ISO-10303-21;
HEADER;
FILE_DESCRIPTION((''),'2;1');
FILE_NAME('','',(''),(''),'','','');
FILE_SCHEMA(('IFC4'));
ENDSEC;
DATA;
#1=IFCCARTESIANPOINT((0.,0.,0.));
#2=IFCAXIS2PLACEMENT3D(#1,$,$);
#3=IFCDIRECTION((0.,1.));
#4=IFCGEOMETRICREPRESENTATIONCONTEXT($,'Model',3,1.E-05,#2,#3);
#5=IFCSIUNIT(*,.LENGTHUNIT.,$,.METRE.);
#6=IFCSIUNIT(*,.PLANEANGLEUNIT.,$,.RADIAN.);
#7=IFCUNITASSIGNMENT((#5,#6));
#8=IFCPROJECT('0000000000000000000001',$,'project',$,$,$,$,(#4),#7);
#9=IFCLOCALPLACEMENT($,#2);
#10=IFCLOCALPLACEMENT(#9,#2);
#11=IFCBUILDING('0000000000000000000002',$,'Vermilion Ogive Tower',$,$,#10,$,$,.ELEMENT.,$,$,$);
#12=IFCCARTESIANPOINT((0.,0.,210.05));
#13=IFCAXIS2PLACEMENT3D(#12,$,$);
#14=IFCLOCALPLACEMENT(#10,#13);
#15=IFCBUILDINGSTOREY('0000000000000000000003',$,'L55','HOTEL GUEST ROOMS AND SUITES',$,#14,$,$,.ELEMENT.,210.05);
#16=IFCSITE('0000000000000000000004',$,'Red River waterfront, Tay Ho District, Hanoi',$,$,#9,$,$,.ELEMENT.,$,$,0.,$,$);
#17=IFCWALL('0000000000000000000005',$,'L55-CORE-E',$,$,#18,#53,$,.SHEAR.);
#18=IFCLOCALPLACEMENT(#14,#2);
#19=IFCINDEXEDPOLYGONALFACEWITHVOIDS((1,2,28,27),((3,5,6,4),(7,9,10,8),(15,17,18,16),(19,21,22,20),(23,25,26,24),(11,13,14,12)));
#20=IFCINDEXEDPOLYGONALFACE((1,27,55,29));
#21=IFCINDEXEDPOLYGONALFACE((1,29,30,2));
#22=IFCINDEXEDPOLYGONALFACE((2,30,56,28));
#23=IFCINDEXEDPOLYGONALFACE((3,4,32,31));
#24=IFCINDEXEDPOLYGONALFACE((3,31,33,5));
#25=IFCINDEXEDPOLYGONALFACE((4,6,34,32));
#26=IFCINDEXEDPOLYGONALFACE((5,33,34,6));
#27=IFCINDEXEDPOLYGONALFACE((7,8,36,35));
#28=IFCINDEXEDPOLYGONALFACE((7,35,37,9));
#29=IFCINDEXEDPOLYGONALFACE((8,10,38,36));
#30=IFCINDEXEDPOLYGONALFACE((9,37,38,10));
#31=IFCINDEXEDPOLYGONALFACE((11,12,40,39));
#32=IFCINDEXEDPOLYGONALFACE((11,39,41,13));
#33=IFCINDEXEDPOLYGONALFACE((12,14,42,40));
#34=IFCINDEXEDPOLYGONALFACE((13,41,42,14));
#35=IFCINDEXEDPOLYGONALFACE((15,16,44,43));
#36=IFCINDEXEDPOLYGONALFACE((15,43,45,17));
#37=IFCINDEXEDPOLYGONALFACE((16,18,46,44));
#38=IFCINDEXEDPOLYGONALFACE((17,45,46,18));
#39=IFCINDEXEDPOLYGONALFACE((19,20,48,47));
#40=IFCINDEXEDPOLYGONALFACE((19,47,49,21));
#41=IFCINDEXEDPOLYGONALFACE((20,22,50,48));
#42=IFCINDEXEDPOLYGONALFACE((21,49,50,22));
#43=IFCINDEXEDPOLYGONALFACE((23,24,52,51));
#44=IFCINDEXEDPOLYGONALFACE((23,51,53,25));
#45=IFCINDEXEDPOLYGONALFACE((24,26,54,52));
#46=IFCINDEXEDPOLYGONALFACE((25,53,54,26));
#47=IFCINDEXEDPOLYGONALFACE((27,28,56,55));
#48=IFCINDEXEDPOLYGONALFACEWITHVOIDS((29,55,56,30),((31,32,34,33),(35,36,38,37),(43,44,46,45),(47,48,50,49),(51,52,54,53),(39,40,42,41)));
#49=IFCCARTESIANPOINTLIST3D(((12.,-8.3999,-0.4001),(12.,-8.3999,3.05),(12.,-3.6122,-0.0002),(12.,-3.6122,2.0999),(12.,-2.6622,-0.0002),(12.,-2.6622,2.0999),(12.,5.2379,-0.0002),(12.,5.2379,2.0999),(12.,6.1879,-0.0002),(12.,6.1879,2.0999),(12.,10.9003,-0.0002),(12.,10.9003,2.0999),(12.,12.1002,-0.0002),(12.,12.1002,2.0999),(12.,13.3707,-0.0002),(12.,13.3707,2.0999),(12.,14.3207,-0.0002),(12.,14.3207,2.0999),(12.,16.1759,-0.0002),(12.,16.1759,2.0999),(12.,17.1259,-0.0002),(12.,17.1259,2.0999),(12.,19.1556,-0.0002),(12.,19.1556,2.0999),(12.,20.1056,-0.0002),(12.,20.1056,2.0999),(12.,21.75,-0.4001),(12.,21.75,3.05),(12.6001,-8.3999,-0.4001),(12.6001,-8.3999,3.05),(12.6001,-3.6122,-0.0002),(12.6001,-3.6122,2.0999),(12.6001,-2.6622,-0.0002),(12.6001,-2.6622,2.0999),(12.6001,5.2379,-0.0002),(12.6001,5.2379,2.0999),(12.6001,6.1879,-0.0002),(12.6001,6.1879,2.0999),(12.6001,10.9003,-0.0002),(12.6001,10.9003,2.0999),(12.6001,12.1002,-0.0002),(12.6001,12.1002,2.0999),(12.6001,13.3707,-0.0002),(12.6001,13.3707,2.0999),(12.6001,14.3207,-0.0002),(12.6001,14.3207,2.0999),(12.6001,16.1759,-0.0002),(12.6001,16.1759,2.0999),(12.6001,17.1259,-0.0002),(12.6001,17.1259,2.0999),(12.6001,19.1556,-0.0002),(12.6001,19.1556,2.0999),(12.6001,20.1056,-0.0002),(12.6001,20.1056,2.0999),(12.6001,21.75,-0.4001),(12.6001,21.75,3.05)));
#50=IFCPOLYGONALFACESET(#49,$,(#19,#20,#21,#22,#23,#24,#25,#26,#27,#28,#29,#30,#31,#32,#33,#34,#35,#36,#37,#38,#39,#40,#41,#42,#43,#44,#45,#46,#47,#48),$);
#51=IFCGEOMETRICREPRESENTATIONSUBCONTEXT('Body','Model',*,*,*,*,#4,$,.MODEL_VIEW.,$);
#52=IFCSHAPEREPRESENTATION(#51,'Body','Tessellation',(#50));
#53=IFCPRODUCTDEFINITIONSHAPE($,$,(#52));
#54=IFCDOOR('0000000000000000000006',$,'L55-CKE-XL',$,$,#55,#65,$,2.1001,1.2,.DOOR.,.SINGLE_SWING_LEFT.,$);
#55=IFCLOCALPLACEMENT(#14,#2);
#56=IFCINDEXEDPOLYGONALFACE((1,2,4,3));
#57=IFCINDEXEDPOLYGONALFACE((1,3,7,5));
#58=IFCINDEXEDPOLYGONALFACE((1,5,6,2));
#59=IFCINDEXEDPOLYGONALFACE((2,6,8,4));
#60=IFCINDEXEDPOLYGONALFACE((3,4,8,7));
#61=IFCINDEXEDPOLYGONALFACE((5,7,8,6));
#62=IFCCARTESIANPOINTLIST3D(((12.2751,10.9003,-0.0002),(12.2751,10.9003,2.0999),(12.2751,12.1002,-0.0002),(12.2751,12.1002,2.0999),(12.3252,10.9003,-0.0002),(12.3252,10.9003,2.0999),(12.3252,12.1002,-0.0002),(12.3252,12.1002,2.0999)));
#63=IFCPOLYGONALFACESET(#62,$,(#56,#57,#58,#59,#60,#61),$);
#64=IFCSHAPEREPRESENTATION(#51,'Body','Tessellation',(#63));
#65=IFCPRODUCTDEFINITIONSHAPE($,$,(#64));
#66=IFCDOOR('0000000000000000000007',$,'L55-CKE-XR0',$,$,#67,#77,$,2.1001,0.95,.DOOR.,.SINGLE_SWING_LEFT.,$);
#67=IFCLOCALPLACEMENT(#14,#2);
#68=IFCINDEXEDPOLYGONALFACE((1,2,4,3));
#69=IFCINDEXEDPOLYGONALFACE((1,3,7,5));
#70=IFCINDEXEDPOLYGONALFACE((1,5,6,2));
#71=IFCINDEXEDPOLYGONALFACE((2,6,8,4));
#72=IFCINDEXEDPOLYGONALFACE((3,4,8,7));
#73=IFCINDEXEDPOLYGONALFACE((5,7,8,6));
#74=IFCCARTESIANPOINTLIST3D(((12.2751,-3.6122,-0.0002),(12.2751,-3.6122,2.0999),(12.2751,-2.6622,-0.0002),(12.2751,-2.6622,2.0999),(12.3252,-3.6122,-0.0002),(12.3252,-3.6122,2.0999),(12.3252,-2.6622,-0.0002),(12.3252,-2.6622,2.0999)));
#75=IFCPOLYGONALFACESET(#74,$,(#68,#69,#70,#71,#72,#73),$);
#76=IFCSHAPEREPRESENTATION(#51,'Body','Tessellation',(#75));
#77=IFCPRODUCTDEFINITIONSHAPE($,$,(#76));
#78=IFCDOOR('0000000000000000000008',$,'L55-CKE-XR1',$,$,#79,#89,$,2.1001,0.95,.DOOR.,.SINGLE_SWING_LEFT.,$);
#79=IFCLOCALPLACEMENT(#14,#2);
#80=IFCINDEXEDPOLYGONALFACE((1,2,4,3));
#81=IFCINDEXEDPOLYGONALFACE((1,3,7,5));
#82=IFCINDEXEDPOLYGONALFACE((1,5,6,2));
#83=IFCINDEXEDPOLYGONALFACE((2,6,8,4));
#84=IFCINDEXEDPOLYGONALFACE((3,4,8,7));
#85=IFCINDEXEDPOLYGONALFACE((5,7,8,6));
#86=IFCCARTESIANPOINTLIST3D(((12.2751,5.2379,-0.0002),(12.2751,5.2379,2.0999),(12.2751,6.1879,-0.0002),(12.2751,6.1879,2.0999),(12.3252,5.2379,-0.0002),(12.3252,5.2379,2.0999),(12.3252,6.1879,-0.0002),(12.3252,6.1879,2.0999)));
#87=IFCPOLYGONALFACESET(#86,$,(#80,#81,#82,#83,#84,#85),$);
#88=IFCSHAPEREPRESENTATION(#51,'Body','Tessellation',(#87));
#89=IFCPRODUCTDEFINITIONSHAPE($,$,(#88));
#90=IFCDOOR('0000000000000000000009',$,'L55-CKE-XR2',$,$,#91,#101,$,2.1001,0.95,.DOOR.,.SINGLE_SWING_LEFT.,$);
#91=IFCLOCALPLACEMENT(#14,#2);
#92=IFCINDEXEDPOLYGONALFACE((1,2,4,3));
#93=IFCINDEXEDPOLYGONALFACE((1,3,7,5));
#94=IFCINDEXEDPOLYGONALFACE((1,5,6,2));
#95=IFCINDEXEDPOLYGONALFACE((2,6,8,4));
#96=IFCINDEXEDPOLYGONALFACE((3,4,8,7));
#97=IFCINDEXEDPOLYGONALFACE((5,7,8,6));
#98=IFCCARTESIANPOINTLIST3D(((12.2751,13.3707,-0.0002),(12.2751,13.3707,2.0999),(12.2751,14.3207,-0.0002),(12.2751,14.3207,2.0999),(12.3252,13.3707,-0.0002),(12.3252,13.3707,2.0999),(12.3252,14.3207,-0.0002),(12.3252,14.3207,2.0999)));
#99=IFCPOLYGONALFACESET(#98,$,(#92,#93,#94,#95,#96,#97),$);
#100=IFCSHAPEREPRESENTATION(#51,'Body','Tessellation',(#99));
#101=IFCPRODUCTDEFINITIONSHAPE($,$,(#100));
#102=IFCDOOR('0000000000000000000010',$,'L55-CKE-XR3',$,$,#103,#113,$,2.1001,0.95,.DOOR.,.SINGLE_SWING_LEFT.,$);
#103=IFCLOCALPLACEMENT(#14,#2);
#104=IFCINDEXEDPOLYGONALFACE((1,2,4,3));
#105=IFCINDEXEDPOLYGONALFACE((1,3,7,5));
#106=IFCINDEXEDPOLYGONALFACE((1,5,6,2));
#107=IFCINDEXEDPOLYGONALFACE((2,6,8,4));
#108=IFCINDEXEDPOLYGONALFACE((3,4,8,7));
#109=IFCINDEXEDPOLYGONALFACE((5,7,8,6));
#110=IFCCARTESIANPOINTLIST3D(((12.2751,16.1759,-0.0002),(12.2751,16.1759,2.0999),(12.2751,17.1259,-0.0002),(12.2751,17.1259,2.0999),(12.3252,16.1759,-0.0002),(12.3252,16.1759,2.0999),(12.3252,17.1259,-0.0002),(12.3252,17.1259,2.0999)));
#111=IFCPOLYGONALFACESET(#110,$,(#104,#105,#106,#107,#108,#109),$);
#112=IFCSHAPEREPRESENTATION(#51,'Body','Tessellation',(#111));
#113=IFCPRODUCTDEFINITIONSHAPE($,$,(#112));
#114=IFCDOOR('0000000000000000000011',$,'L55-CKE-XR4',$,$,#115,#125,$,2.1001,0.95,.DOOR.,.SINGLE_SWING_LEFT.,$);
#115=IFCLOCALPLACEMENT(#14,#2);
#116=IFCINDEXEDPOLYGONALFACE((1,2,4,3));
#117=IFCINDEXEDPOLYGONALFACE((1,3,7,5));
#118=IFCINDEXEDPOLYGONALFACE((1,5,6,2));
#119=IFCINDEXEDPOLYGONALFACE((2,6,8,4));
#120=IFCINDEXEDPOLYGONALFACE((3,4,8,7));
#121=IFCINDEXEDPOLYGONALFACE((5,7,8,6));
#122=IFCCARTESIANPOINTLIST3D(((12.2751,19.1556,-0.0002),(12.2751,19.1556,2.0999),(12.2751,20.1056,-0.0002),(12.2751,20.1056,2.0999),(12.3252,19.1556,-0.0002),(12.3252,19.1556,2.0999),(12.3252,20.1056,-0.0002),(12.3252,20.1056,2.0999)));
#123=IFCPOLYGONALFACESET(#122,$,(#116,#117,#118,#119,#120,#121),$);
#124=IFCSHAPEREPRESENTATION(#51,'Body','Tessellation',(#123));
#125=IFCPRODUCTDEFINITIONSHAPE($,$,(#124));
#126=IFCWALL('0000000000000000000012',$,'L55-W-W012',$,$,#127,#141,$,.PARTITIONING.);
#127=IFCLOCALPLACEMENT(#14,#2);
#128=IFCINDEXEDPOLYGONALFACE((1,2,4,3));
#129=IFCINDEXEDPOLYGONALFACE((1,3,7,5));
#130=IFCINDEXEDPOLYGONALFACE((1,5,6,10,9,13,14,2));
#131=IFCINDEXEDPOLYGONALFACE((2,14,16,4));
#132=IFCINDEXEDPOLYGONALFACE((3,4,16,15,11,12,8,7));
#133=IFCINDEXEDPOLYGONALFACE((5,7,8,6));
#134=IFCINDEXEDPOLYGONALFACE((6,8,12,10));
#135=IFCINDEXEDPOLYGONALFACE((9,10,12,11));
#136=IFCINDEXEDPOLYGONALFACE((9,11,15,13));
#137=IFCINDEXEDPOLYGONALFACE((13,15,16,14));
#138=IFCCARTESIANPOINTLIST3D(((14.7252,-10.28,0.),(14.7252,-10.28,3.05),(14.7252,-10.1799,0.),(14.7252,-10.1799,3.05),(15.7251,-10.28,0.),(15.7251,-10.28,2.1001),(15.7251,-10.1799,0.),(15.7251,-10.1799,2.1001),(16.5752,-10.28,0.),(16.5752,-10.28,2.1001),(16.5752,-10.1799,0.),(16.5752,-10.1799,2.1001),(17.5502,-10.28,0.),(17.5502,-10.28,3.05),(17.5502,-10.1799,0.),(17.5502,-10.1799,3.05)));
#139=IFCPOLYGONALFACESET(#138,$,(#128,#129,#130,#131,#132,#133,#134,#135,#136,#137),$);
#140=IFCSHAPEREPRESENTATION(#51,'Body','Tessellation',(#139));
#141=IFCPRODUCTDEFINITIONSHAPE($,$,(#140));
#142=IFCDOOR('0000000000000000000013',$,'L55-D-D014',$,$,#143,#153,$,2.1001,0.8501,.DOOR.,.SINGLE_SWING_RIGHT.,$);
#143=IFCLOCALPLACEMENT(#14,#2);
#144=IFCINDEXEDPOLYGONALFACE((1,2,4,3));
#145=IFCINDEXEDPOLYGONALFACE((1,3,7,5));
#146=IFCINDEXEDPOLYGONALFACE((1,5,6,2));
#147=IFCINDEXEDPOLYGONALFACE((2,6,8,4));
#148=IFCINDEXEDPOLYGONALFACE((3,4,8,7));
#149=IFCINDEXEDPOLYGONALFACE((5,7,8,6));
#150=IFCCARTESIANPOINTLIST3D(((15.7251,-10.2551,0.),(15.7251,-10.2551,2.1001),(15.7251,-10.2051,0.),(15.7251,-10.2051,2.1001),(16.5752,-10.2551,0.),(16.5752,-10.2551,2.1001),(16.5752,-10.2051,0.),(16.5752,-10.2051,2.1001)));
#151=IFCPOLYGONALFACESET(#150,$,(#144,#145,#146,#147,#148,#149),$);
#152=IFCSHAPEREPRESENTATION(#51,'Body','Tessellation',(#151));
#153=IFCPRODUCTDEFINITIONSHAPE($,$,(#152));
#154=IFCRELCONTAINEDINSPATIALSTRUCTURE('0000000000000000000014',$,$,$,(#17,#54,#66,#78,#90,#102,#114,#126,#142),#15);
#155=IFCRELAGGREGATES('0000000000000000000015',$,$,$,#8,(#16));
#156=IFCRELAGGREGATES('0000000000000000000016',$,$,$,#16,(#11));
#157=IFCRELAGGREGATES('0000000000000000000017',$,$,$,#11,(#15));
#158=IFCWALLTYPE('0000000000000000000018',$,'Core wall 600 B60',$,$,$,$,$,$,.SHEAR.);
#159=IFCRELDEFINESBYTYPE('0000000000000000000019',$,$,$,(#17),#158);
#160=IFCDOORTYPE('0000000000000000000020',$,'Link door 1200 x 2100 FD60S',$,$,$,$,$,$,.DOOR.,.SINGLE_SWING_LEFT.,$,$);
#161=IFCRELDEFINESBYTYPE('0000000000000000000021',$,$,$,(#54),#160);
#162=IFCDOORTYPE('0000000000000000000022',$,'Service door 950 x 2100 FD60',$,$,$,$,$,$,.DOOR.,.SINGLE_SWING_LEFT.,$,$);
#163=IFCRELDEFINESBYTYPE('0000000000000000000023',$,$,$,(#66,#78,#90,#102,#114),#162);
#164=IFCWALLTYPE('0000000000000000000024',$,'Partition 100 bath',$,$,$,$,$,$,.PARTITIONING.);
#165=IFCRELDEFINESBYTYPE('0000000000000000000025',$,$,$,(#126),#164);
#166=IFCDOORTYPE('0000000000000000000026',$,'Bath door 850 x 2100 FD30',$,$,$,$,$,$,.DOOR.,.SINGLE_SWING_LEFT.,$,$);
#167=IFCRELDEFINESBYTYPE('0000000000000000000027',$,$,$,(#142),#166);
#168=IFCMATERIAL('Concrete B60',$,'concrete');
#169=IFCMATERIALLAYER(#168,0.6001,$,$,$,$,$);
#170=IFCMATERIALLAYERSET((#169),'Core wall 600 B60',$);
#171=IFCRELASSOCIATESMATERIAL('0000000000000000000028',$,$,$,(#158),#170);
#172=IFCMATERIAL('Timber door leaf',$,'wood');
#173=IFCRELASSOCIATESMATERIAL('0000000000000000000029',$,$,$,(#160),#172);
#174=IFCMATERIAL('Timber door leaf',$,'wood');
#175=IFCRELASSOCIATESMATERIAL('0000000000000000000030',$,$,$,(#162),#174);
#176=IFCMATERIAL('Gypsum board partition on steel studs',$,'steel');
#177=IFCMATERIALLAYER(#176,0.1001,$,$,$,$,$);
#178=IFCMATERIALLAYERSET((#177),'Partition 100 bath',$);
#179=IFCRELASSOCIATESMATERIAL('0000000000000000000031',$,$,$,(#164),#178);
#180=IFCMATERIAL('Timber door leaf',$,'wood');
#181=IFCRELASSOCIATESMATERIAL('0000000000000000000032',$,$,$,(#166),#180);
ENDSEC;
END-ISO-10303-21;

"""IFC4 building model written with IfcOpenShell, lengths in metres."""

from ifc_helpers import new_model, si_unit, direction, frame, frame_2d, origin, place, context, subcontext, project, spatial, rectangle, extrude, material, layer, layer_set, type_object, element, fill, save


model = new_model("IFC4")

# Units and contexts
model_context = context("Model", 3, precision=1e-05, world=origin(), true_north=direction((0.0, 1.0)))
body_context = subcontext(model_context, "Body", "Model", "MODEL_VIEW")
ifc_project = project(units=[si_unit("LENGTHUNIT", "METRE"), si_unit("PLANEANGLEUNIT", "RADIAN")], contexts=[model_context])

# Site, building, storey
site_placement = place(None, origin())
site = spatial("IfcSite", under=ifc_project, at=site_placement, Name="Red River waterfront, Tay Ho District, Hanoi", CompositionType="ELEMENT", RefElevation=0.0)
building_placement = place(site_placement, origin())
building = spatial("IfcBuilding", under=site, at=building_placement, Name="Vermilion Ogive Tower", CompositionType="ELEMENT")
storey_placement = place(building_placement, frame((0.0, 0.0, 210.05)))
storey = spatial("IfcBuildingStorey", under=building, at=storey_placement, Name="L55", Description="HOTEL GUEST ROOMS AND SUITES", CompositionType="ELEMENT", Elevation=210.05)

# Wall, openings, doors
ifc_material_1 = material(Name="Concrete B60", Category="concrete")
ifc_layer_1 = layer(ifc_material_1, 0.6001)
ifc_layer_set_1 = layer_set([ifc_layer_1], Name="Core wall 600 B60")
wall_type_1 = type_object("IfcWallType", Name="Core wall 600 B60", PredefinedType="SHEAR", material=ifc_layer_set_1)
wall_1_placement = place(storey_placement, frame((12.3, -8.3999, -0.4001), z_axis=(0.0, 0.0, 1.0), x_axis=(0.0, 1.0, 0.0)))
wall_1 = element("IfcWall", 1, at=wall_1_placement, inside=storey, type_object=wall_type_1, Name="L55-CORE-E", PredefinedType="SHEAR", context=body_context, shape_type="SweptSolid", body=[
    extrude(rectangle(XDim=30.1499, YDim=0.6001, at=frame_2d((15.075, 0.0))), origin(), (0.0, 0.0, 1.0), 3.4502),
])
opening_1_placement = place(wall_1_placement, frame((4.7876, 0.0, 0.3999)))
opening_1 = element("IfcOpeningElement", 2, at=opening_1_placement, cuts=wall_1, PredefinedType="OPENING", context=body_context, shape_type="SweptSolid", body=[
    extrude(rectangle(XDim=0.95, YDim=2.1001, at=frame_2d((0.4751, 1.05))), frame((0.0, 0.3101, 0.0), z_axis=(0.0, -1.0, 0.0), x_axis=(1.0, 0.0, 0.0)), (0.0, 0.0, 1.0), 0.6201),
])
opening_2_placement = place(wall_1_placement, frame((13.6377, 0.0, 0.3999)))
opening_2 = element("IfcOpeningElement", 3, at=opening_2_placement, cuts=wall_1, PredefinedType="OPENING", context=body_context, shape_type="SweptSolid", body=[
    extrude(rectangle(XDim=0.95, YDim=2.1001, at=frame_2d((0.4751, 1.05))), frame((0.0, 0.3101, 0.0), z_axis=(0.0, -1.0, 0.0), x_axis=(1.0, 0.0, 0.0)), (0.0, 0.0, 1.0), 0.6201),
])
opening_3_placement = place(wall_1_placement, frame((21.7705, 0.0, 0.3999)))
opening_3 = element("IfcOpeningElement", 4, at=opening_3_placement, cuts=wall_1, PredefinedType="OPENING", context=body_context, shape_type="SweptSolid", body=[
    extrude(rectangle(XDim=0.95, YDim=2.1001, at=frame_2d((0.4751, 1.05))), frame((0.0, 0.3101, 0.0), z_axis=(0.0, -1.0, 0.0), x_axis=(1.0, 0.0, 0.0)), (0.0, 0.0, 1.0), 0.6201),
])
opening_4_placement = place(wall_1_placement, frame((24.5757, 0.0, 0.3999)))
opening_4 = element("IfcOpeningElement", 5, at=opening_4_placement, cuts=wall_1, PredefinedType="OPENING", context=body_context, shape_type="SweptSolid", body=[
    extrude(rectangle(XDim=0.95, YDim=2.1001, at=frame_2d((0.4751, 1.05))), frame((0.0, 0.3101, 0.0), z_axis=(0.0, -1.0, 0.0), x_axis=(1.0, 0.0, 0.0)), (0.0, 0.0, 1.0), 0.6201),
])
opening_5_placement = place(wall_1_placement, frame((27.5554, 0.0, 0.3999)))
opening_5 = element("IfcOpeningElement", 6, at=opening_5_placement, cuts=wall_1, PredefinedType="OPENING", context=body_context, shape_type="SweptSolid", body=[
    extrude(rectangle(XDim=0.95, YDim=2.1001, at=frame_2d((0.4751, 1.05))), frame((0.0, 0.3101, 0.0), z_axis=(0.0, -1.0, 0.0), x_axis=(1.0, 0.0, 0.0)), (0.0, 0.0, 1.0), 0.6201),
])
opening_6_placement = place(wall_1_placement, frame((19.3, 0.0, 0.3999)))
opening_6 = element("IfcOpeningElement", 7, at=opening_6_placement, cuts=wall_1, PredefinedType="OPENING", context=body_context, shape_type="SweptSolid", body=[
    extrude(rectangle(XDim=1.2, YDim=2.1001, at=frame_2d((0.6001, 1.05))), frame((0.0, 0.3101, 0.0), z_axis=(0.0, -1.0, 0.0), x_axis=(1.0, 0.0, 0.0)), (0.0, 0.0, 1.0), 0.6201),
])
ifc_material_2 = material(Name="Timber door leaf", Category="wood")
door_type_1 = type_object("IfcDoorType", Name="Link door 1200 x 2100 FD60S", OperationType="SINGLE_SWING_LEFT", PredefinedType="DOOR", material=ifc_material_2)
door_1_placement = place(opening_6_placement, origin())
door_1 = element("IfcDoor", 8, at=door_1_placement, inside=storey, type_object=door_type_1, Name="L55-CKE-XL", OperationType="SINGLE_SWING_LEFT", OverallHeight=2.1001, OverallWidth=1.2, PredefinedType="DOOR", context=body_context, shape_type="SweptSolid", body=[
    extrude(rectangle(XDim=1.2, YDim=2.1001, at=frame_2d((0.6001, 1.05))), frame((0.0, 0.0249, 0.0), z_axis=(0.0, -1.0, 0.0), x_axis=(1.0, 0.0, 0.0)), (0.0, 0.0, 1.0), 0.05),
])
fill(opening_6, door_1)
ifc_material_3 = material(Name="Timber door leaf", Category="wood")
door_type_2 = type_object("IfcDoorType", Name="Service door 950 x 2100 FD60", OperationType="SINGLE_SWING_LEFT", PredefinedType="DOOR", material=ifc_material_3)
door_2_placement = place(opening_1_placement, origin())
door_2 = element("IfcDoor", 9, at=door_2_placement, inside=storey, type_object=door_type_2, Name="L55-CKE-XR0", OperationType="SINGLE_SWING_LEFT", OverallHeight=2.1001, OverallWidth=0.95, PredefinedType="DOOR", context=body_context, shape_type="SweptSolid", body=[
    extrude(rectangle(XDim=0.95, YDim=2.1001, at=frame_2d((0.4751, 1.05))), frame((0.0, 0.0249, 0.0), z_axis=(0.0, -1.0, 0.0), x_axis=(1.0, 0.0, 0.0)), (0.0, 0.0, 1.0), 0.05),
])
fill(opening_1, door_2)
door_3_placement = place(opening_2_placement, origin())
door_3 = element("IfcDoor", 10, at=door_3_placement, inside=storey, type_object=door_type_2, Name="L55-CKE-XR1", OperationType="SINGLE_SWING_LEFT", OverallHeight=2.1001, OverallWidth=0.95, PredefinedType="DOOR", context=body_context, shape_type="SweptSolid", body=[
    extrude(rectangle(XDim=0.95, YDim=2.1001, at=frame_2d((0.4751, 1.05))), frame((0.0, 0.0249, 0.0), z_axis=(0.0, -1.0, 0.0), x_axis=(1.0, 0.0, 0.0)), (0.0, 0.0, 1.0), 0.05),
])
fill(opening_2, door_3)
door_4_placement = place(opening_3_placement, origin())
door_4 = element("IfcDoor", 11, at=door_4_placement, inside=storey, type_object=door_type_2, Name="L55-CKE-XR2", OperationType="SINGLE_SWING_LEFT", OverallHeight=2.1001, OverallWidth=0.95, PredefinedType="DOOR", context=body_context, shape_type="SweptSolid", body=[
    extrude(rectangle(XDim=0.95, YDim=2.1001, at=frame_2d((0.4751, 1.05))), frame((0.0, 0.0249, 0.0), z_axis=(0.0, -1.0, 0.0), x_axis=(1.0, 0.0, 0.0)), (0.0, 0.0, 1.0), 0.05),
])
fill(opening_3, door_4)
door_5_placement = place(opening_4_placement, origin())
door_5 = element("IfcDoor", 12, at=door_5_placement, inside=storey, type_object=door_type_2, Name="L55-CKE-XR3", OperationType="SINGLE_SWING_LEFT", OverallHeight=2.1001, OverallWidth=0.95, PredefinedType="DOOR", context=body_context, shape_type="SweptSolid", body=[
    extrude(rectangle(XDim=0.95, YDim=2.1001, at=frame_2d((0.4751, 1.05))), frame((0.0, 0.0249, 0.0), z_axis=(0.0, -1.0, 0.0), x_axis=(1.0, 0.0, 0.0)), (0.0, 0.0, 1.0), 0.05),
])
fill(opening_4, door_5)
door_6_placement = place(opening_5_placement, origin())
door_6 = element("IfcDoor", 13, at=door_6_placement, inside=storey, type_object=door_type_2, Name="L55-CKE-XR4", OperationType="SINGLE_SWING_LEFT", OverallHeight=2.1001, OverallWidth=0.95, PredefinedType="DOOR", context=body_context, shape_type="SweptSolid", body=[
    extrude(rectangle(XDim=0.95, YDim=2.1001, at=frame_2d((0.4751, 1.05))), frame((0.0, 0.0249, 0.0), z_axis=(0.0, -1.0, 0.0), x_axis=(1.0, 0.0, 0.0)), (0.0, 0.0, 1.0), 0.05),
])
fill(opening_5, door_6)

# Wall, opening, door
ifc_material_4 = material(Name="Gypsum board partition on steel studs", Category="steel")
ifc_layer_2 = layer(ifc_material_4, 0.1001)
ifc_layer_set_2 = layer_set([ifc_layer_2], Name="Partition 100 bath")
wall_type_2 = type_object("IfcWallType", Name="Partition 100 bath", PredefinedType="PARTITIONING", material=ifc_layer_set_2)
wall_2_placement = place(storey_placement, frame((14.7251, -10.23, 0.0), z_axis=(0.0, 0.0, 1.0), x_axis=(1.0, 0.0, 0.0)))
wall_2 = element("IfcWall", 14, at=wall_2_placement, inside=storey, type_object=wall_type_2, Name="L55-W-W012", PredefinedType="PARTITIONING", context=body_context, shape_type="SweptSolid", body=[
    extrude(rectangle(XDim=2.825, YDim=0.1001, at=frame_2d((1.4126, 0.0))), origin(), (0.0, 0.0, 1.0), 3.05),
])
opening_7_placement = place(wall_2_placement, frame((1.0, 0.0, 0.0)))
opening_7 = element("IfcOpeningElement", 15, at=opening_7_placement, cuts=wall_2, PredefinedType="OPENING", context=body_context, shape_type="SweptSolid", body=[
    extrude(rectangle(XDim=0.8501, YDim=2.1001, at=frame_2d((0.425, 1.05))), frame((0.0, 0.0601, 0.0), z_axis=(0.0, -1.0, 0.0), x_axis=(1.0, 0.0, 0.0)), (0.0, 0.0, 1.0), 0.1201),
])
ifc_material_5 = material(Name="Timber door leaf", Category="wood")
door_type_3 = type_object("IfcDoorType", Name="Bath door 850 x 2100 FD30", OperationType="SINGLE_SWING_LEFT", PredefinedType="DOOR", material=ifc_material_5)
door_7_placement = place(opening_7_placement, origin())
door_7 = element("IfcDoor", 16, at=door_7_placement, inside=storey, type_object=door_type_3, Name="L55-D-D014", OperationType="SINGLE_SWING_RIGHT", OverallHeight=2.1001, OverallWidth=0.8501, PredefinedType="DOOR", context=body_context, shape_type="SweptSolid", body=[
    extrude(rectangle(XDim=0.8501, YDim=2.1001, at=frame_2d((0.425, 1.05))), frame((0.0, 0.0249, 0.0), z_axis=(0.0, -1.0, 0.0), x_axis=(1.0, 0.0, 0.0)), (0.0, 0.0, 1.0), 0.05),
])
fill(opening_7, door_7)

save(model, "model.ifc")
